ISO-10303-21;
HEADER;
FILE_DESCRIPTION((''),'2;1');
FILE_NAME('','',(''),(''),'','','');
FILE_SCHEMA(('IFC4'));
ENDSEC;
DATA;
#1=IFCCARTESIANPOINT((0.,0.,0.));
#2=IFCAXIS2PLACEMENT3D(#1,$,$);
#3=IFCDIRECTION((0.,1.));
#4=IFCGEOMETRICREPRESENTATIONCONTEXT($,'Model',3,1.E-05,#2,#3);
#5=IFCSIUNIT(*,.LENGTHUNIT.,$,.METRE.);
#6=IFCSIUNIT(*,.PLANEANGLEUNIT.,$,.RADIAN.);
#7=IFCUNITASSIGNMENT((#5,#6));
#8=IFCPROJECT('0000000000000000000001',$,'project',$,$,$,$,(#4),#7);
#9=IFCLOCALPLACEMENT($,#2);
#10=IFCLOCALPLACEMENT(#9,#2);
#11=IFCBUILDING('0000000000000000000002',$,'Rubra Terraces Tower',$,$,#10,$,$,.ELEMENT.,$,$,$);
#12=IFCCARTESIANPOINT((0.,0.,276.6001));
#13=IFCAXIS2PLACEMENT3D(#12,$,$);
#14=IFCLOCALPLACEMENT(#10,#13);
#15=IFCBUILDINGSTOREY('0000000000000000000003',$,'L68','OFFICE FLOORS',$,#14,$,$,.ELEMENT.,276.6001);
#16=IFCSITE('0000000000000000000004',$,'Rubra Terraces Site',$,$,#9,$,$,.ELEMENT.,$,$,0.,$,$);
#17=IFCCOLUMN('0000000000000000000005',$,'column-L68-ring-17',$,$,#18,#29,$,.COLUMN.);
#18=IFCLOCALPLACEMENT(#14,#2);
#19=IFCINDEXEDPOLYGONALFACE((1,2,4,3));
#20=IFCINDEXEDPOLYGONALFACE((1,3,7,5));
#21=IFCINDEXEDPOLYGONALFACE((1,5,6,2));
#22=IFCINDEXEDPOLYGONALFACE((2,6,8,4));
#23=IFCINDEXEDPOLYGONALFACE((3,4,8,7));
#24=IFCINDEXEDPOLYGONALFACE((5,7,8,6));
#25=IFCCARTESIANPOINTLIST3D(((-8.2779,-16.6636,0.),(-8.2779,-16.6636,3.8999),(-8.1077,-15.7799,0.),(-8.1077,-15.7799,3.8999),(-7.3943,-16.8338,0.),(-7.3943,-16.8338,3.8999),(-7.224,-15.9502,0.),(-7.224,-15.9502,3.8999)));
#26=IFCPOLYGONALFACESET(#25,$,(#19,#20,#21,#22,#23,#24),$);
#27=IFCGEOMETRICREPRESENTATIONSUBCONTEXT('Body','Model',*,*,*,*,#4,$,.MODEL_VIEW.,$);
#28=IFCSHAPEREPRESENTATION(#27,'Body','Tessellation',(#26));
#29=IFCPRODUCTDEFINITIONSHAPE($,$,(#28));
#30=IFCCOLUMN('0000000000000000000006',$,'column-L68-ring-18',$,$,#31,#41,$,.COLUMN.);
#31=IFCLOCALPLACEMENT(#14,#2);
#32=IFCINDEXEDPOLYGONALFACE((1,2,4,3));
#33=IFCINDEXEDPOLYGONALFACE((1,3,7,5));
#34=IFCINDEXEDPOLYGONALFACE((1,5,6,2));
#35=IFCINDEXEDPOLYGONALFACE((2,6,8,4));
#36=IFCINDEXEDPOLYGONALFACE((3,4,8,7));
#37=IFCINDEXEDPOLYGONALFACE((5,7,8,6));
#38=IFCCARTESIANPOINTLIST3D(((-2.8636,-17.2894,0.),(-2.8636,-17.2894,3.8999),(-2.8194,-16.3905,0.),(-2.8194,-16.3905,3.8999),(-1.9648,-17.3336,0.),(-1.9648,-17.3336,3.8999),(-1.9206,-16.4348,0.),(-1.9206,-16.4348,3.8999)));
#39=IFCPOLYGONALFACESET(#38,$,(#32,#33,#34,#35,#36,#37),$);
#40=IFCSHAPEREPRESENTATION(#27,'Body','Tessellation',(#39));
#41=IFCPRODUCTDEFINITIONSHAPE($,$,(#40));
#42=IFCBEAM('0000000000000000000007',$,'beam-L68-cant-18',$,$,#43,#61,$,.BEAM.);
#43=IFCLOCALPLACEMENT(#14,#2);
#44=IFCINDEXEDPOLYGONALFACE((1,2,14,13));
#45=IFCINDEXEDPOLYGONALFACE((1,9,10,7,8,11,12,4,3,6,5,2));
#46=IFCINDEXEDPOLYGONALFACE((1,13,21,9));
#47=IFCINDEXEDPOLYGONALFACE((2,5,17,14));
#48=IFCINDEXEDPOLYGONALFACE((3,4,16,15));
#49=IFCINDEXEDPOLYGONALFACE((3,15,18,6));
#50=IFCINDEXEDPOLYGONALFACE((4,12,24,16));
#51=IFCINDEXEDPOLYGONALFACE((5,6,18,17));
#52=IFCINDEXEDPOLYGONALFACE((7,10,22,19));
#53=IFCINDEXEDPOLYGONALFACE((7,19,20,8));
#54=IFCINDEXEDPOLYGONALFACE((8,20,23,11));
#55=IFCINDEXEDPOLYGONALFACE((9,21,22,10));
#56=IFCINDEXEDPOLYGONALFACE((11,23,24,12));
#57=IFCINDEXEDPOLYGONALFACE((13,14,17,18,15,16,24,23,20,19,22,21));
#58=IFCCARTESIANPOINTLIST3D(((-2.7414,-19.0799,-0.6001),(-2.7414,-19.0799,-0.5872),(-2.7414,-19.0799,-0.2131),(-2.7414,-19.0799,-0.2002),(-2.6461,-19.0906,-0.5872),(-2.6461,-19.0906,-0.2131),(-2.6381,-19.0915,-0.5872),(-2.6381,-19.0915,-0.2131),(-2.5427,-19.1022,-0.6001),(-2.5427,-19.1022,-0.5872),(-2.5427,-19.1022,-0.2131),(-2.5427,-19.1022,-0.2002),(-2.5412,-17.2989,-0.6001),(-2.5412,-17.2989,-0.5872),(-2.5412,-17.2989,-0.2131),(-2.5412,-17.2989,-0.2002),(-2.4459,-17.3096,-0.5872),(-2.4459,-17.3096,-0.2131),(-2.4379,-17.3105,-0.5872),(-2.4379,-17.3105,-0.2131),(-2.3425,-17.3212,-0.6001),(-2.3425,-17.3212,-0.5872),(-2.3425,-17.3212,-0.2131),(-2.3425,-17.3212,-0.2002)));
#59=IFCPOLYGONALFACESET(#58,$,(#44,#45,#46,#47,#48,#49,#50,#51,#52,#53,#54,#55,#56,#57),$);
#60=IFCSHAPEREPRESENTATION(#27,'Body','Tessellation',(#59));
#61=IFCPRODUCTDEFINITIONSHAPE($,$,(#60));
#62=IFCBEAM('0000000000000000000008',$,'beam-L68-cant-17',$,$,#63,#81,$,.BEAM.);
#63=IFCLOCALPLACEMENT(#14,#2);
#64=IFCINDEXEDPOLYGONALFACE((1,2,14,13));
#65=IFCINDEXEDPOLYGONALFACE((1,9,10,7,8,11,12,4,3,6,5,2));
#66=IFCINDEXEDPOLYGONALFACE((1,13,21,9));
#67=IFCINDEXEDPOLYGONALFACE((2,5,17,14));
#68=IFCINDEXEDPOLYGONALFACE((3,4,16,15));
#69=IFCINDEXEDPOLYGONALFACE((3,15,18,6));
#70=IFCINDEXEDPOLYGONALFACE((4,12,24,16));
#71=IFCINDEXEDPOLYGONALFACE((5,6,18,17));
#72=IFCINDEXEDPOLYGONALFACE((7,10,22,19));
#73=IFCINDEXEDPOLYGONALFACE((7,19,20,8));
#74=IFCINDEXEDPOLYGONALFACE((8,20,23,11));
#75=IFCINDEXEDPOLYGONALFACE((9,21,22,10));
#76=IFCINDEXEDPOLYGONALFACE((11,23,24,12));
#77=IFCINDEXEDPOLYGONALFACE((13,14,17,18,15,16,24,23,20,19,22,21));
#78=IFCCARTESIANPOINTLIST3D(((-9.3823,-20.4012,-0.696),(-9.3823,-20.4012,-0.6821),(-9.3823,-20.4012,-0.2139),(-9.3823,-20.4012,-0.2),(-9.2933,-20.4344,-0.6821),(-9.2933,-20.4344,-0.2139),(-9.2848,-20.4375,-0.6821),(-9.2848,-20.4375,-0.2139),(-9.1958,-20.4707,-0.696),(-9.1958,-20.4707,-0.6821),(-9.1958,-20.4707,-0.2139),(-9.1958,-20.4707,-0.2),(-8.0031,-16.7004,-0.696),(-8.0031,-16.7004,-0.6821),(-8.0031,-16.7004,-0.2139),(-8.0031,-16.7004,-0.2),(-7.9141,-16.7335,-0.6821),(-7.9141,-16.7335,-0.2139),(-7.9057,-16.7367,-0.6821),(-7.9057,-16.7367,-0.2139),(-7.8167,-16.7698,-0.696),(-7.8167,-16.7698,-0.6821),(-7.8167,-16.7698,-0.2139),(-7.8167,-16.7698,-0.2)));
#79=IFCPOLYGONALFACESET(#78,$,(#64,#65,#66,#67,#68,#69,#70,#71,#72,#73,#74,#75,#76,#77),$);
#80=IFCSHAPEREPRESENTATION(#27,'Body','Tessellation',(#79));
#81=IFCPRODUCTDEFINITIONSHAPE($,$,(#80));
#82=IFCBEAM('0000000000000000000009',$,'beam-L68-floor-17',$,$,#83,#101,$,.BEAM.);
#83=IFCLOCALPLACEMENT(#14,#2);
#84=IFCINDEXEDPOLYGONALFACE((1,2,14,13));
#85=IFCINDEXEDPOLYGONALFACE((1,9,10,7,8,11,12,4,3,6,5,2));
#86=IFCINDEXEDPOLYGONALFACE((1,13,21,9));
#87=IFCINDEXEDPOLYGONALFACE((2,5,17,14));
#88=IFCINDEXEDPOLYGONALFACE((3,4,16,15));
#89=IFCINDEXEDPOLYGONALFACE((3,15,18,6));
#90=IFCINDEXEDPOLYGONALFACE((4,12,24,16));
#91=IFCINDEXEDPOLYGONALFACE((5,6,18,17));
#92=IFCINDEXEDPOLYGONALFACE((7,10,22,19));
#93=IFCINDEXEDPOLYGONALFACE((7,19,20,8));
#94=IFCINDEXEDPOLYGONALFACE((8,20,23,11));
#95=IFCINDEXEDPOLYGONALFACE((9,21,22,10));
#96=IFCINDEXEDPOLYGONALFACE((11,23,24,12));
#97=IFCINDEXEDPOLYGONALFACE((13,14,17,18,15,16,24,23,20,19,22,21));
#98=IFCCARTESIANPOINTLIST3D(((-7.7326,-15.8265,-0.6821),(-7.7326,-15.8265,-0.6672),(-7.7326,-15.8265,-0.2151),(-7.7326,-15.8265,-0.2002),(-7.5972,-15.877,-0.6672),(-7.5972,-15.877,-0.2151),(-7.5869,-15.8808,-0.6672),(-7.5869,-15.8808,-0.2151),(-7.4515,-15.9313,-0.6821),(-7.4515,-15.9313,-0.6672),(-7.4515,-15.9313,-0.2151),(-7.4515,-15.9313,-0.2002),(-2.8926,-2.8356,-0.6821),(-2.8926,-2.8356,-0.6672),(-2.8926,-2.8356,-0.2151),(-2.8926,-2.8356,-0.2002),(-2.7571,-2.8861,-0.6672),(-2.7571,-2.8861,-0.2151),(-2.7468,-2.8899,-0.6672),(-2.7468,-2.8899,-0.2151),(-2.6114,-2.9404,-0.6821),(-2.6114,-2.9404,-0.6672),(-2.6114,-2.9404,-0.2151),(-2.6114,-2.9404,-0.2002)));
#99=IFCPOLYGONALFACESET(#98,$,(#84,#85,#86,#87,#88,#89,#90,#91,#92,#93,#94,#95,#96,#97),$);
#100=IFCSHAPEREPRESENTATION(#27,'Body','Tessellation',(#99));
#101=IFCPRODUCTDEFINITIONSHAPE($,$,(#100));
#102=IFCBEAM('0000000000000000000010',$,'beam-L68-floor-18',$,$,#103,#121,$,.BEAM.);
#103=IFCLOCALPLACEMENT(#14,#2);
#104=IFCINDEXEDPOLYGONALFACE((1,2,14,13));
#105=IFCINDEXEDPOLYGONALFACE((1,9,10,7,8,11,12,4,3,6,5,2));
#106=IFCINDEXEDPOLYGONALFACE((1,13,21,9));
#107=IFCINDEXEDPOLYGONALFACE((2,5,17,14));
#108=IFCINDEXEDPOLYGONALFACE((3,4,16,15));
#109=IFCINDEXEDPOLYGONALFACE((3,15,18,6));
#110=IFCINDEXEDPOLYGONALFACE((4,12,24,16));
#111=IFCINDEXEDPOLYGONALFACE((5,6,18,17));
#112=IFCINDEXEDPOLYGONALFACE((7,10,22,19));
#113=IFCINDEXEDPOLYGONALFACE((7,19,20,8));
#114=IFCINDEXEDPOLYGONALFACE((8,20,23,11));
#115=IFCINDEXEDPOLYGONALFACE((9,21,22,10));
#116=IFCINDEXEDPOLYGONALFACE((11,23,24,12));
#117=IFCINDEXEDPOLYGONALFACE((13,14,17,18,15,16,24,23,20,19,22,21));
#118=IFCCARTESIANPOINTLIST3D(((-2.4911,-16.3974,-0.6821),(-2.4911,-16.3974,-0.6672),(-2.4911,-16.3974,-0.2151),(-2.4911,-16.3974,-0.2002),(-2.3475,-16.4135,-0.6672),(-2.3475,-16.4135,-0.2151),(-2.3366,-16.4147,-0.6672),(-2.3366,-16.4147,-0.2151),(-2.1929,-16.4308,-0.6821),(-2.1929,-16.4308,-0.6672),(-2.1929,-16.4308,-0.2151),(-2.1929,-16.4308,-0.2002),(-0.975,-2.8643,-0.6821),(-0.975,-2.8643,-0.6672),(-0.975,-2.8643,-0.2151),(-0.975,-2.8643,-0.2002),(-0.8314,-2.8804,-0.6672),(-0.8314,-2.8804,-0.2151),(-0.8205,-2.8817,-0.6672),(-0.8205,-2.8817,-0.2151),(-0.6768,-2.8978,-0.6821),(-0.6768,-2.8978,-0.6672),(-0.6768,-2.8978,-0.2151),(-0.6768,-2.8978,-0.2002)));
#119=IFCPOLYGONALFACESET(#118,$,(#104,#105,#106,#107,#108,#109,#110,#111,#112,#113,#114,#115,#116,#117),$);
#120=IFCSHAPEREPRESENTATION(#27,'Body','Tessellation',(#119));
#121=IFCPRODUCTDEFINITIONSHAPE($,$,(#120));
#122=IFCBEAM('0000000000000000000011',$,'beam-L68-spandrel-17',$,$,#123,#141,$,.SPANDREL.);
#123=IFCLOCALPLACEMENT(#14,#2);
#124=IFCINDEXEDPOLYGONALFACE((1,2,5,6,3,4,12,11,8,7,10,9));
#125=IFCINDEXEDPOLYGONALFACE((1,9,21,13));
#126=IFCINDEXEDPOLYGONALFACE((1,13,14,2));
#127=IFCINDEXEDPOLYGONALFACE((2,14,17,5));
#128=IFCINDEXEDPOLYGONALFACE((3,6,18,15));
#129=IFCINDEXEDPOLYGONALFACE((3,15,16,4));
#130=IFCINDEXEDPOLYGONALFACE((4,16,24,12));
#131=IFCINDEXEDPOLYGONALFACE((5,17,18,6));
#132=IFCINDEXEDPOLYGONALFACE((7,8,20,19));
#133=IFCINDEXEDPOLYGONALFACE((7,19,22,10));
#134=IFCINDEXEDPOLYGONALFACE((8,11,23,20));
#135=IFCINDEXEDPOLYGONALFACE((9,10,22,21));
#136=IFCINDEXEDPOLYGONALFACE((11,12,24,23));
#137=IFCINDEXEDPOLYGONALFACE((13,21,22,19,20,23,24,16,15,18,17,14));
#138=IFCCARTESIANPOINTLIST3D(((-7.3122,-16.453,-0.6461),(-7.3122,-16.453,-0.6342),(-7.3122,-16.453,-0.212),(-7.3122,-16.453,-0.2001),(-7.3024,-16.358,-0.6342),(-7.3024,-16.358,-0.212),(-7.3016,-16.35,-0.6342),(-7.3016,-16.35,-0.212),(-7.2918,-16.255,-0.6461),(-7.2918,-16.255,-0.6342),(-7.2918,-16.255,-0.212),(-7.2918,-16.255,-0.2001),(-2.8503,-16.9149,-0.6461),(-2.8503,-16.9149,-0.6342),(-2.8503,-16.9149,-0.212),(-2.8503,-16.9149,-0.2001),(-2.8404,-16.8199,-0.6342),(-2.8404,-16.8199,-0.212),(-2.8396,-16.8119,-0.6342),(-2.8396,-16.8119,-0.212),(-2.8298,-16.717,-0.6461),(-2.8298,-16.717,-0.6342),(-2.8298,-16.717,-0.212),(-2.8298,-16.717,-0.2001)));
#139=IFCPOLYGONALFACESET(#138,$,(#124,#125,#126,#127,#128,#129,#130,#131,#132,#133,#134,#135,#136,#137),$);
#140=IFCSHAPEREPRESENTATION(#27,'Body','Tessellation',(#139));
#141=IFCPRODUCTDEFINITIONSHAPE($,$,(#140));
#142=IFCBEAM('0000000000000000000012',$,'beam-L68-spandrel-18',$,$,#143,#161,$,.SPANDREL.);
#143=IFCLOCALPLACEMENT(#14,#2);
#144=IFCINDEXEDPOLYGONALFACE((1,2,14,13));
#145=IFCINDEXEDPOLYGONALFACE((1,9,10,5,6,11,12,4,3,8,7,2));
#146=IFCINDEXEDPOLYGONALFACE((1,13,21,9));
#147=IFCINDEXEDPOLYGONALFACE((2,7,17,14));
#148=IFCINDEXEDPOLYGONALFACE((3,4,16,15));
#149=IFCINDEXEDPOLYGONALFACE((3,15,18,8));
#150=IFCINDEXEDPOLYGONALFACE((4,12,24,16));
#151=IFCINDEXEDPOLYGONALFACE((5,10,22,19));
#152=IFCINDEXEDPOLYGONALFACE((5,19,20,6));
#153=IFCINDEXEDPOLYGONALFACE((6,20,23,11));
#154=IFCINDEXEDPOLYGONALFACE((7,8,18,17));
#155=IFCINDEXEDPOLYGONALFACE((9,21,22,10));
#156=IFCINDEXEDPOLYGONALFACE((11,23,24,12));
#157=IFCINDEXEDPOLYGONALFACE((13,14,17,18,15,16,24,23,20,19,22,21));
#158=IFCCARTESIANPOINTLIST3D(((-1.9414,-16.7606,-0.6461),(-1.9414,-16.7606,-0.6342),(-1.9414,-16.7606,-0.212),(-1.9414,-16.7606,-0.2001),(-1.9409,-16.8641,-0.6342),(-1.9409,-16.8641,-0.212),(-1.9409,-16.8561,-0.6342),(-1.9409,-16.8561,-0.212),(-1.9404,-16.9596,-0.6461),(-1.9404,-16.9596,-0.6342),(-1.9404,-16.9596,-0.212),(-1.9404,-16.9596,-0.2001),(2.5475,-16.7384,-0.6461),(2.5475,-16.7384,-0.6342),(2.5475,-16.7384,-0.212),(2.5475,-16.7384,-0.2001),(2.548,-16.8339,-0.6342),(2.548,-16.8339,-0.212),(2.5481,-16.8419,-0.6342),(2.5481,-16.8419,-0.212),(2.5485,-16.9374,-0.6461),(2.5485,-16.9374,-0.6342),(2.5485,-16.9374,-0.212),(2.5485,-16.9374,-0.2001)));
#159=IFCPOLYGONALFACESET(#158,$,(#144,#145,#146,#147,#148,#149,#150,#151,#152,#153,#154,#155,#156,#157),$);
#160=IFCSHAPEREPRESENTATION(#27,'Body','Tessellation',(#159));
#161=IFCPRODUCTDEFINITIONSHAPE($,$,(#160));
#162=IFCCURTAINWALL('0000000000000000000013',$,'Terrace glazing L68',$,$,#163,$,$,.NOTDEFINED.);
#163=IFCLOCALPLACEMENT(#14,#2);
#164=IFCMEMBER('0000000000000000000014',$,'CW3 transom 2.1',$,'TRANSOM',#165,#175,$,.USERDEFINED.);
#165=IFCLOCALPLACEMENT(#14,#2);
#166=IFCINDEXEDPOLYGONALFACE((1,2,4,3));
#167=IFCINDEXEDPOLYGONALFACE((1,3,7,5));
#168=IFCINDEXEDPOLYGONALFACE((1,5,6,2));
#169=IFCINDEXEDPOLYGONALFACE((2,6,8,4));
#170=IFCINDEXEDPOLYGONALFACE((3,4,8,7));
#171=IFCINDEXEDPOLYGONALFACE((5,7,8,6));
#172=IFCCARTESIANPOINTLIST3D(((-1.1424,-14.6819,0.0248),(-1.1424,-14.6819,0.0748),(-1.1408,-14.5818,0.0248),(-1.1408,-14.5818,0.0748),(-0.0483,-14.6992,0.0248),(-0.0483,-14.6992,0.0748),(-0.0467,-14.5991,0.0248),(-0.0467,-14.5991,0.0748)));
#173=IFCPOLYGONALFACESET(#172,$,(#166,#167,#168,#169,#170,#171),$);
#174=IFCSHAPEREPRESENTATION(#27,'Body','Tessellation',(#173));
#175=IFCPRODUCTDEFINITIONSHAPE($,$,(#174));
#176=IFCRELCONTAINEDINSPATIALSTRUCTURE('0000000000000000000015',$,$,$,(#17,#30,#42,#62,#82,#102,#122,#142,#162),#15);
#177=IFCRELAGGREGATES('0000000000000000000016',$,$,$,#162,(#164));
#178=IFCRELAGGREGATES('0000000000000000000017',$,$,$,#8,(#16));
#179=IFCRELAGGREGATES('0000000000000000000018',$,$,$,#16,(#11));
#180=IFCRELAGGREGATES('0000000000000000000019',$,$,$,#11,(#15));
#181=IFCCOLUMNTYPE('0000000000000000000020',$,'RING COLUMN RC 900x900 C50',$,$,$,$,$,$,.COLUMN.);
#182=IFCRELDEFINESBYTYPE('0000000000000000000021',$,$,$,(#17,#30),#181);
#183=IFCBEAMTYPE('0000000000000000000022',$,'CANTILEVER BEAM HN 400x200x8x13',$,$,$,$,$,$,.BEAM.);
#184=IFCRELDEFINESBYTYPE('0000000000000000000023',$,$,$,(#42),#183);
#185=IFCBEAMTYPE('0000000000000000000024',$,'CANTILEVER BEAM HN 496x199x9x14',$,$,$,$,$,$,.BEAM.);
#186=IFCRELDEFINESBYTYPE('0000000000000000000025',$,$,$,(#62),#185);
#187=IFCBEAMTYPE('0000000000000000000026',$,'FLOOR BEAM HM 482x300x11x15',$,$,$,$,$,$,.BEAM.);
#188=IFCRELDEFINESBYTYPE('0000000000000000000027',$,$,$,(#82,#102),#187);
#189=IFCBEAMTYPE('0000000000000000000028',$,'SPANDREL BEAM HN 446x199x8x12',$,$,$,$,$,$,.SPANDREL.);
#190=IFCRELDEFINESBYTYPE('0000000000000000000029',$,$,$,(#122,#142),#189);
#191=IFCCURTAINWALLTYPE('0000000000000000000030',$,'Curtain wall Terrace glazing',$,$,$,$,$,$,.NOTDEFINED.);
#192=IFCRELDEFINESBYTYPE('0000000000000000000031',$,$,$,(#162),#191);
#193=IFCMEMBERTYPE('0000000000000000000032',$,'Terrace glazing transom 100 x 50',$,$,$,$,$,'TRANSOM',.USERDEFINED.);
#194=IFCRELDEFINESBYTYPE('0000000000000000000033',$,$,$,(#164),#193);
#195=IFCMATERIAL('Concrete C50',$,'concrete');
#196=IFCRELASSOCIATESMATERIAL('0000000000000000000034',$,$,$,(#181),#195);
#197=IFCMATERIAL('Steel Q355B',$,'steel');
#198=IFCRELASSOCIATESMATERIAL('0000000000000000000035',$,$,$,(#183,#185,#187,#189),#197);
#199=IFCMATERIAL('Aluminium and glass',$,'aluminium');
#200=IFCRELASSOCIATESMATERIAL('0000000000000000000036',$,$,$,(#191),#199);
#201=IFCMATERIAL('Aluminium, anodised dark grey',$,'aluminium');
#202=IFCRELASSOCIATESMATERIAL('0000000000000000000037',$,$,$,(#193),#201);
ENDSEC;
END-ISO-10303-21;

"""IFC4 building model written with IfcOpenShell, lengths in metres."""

from ifc_helpers import new_model, si_unit, direction, frame, origin, origin_2d, place, context, subcontext, project, spatial, rectangle, i_section, extrude, material, material_profile, profile_set, type_object, element, aggregate, save


model = new_model("IFC4")

# Units and contexts
model_context = context("Model", 3, precision=1e-05, world=origin(), true_north=direction((0.0, 1.0)))
body_context = subcontext(model_context, "Body", "Model", "MODEL_VIEW")
ifc_project = project(units=[si_unit("LENGTHUNIT", "METRE"), si_unit("PLANEANGLEUNIT", "RADIAN")], contexts=[model_context])

# Site, building, storey
site_placement = place(None, origin())
site = spatial("IfcSite", under=ifc_project, at=site_placement, Name="Rubra Terraces Site", CompositionType="ELEMENT", RefElevation=0.0)
building_placement = place(site_placement, origin())
building = spatial("IfcBuilding", under=site, at=building_placement, Name="Rubra Terraces Tower", CompositionType="ELEMENT")
storey_placement = place(building_placement, frame((0.0, 0.0, 276.6001)))
storey = spatial("IfcBuildingStorey", under=building, at=storey_placement, Name="L68", Description="OFFICE FLOORS", CompositionType="ELEMENT", Elevation=276.6001)

# Columns
ifc_material_1 = material(Name="Concrete C50", Category="concrete")
ifc_material_profile_1 = material_profile(ifc_material_1, rectangle(XDim=0.8999, YDim=0.8999, at=origin_2d()), Name="RC 900x900")
ifc_profile_set_1 = profile_set([ifc_material_profile_1], Name="Concrete C50")
column_type = type_object("IfcColumnType", Name="RING COLUMN RC 900x900 C50", PredefinedType="COLUMN", material=ifc_profile_set_1)
for number, where, z_axis, x_axis, name in (
    (1, (-7.751, -16.3069, 0.0), (0.0, 0.0, 1.0), (0.981937, -0.18921, 0.0), "column-L68-ring-17"),
    (2, (-2.3921, -16.8621, 0.0), (0.0, 0.0, 1.0), (0.998791, -0.04915, 0.0), "column-L68-ring-18"),
):
    element("IfcColumn", number, at=place(storey_placement, frame(where, z_axis=z_axis, x_axis=x_axis)), inside=storey, type_object=column_type, Name=name, PredefinedType="COLUMN", context=body_context, shape_type="SweptSolid", body=[
        extrude(rectangle(XDim=0.8999, YDim=0.8999, at=origin_2d()), origin(), (0.0, 0.0, 1.0), 3.8999),
    ])

# Beams
ifc_material_2 = material(Name="Steel Q355B", Category="steel")
ifc_material_profile_2 = material_profile(ifc_material_2, i_section(OverallWidth=0.2, OverallDepth=0.3999, WebThickness=0.0081, FlangeThickness=0.0129, at=origin_2d()), Name="HN 400x200x8x13")
ifc_profile_set_2 = profile_set([ifc_material_profile_2], Name="Steel Q355B")
beam_type_1 = type_object("IfcBeamType", Name="CANTILEVER BEAM HN 400x200x8x13", PredefinedType="BEAM", material=ifc_profile_set_2)
beam_1_placement = place(storey_placement, frame((-2.4419, -17.3101, -0.4001), z_axis=(-0.111702, -0.993742, 0.0), x_axis=(0.993742, -0.111702, 0.0)))
element("IfcBeam", 3, at=beam_1_placement, inside=storey, type_object=beam_type_1, Name="beam-L68-cant-18", PredefinedType="BEAM", context=body_context, shape_type="SweptSolid", body=[
    extrude(i_section(OverallWidth=0.2, OverallDepth=0.3999, WebThickness=0.0081, FlangeThickness=0.0129, at=origin_2d()), origin(), (0.0, 0.0, 1.0), 1.7922),
])
ifc_material_profile_3 = material_profile(ifc_material_2, i_section(OverallWidth=0.199, OverallDepth=0.4961, WebThickness=0.009, FlangeThickness=0.0139, at=origin_2d()), Name="HN 496x199x9x14")
ifc_profile_set_3 = profile_set([ifc_material_profile_3], Name="Steel Q355B")
beam_type_2 = type_object("IfcBeamType", Name="CANTILEVER BEAM HN 496x199x9x14", PredefinedType="BEAM", material=ifc_profile_set_3)
beam_2_placement = place(storey_placement, frame((-7.9099, -16.7351, -0.448), z_axis=(-0.349192, -0.937051, 0.0), x_axis=(0.937051, -0.349192, 0.0)))
element("IfcBeam", 4, at=beam_2_placement, inside=storey, type_object=beam_type_2, Name="beam-L68-cant-17", PredefinedType="BEAM", context=body_context, shape_type="SweptSolid", body=[
    extrude(i_section(OverallWidth=0.199, OverallDepth=0.4961, WebThickness=0.009, FlangeThickness=0.0139, at=origin_2d()), origin(), (0.0, 0.0, 1.0), 3.9495),
])
ifc_material_profile_4 = material_profile(ifc_material_2, i_section(OverallWidth=0.3, OverallDepth=0.4819, WebThickness=0.011, FlangeThickness=0.0149, at=origin_2d()), Name="HM 482x300x11x15")
ifc_profile_set_4 = profile_set([ifc_material_profile_4], Name="Steel Q355B")
beam_type_3 = type_object("IfcBeamType", Name="FLOOR BEAM HM 482x300x11x15", PredefinedType="BEAM", material=ifc_profile_set_4)
beam_3_placement = place(storey_placement, frame((-7.592, -15.8789, -0.4412), z_axis=(0.349129, 0.937075, 0.0), x_axis=(-0.937075, 0.349129, 0.0)))
element("IfcBeam", 5, at=beam_3_placement, inside=storey, type_object=beam_type_3, Name="beam-L68-floor-17", PredefinedType="BEAM", context=body_context, shape_type="SweptSolid", body=[
    extrude(i_section(OverallWidth=0.3, OverallDepth=0.4819, WebThickness=0.011, FlangeThickness=0.0149, at=origin_2d()), origin(), (0.0, 0.0, 1.0), 13.8633),
])
beam_4_placement = place(storey_placement, frame((-2.342, -16.4141, -0.4412), z_axis=(0.111335, 0.993783, 0.0), x_axis=(-0.993783, 0.111335, 0.0)))
element("IfcBeam", 6, at=beam_4_placement, inside=storey, type_object=beam_type_3, Name="beam-L68-floor-18", PredefinedType="BEAM", context=body_context, shape_type="SweptSolid", body=[
    extrude(i_section(OverallWidth=0.3, OverallDepth=0.4819, WebThickness=0.011, FlangeThickness=0.0149, at=origin_2d()), origin(), (0.0, 0.0, 1.0), 13.6177),
])
ifc_material_profile_5 = material_profile(ifc_material_2, i_section(OverallWidth=0.199, OverallDepth=0.446, WebThickness=0.0081, FlangeThickness=0.012, at=origin_2d()), Name="HN 446x199x8x12")
ifc_profile_set_5 = profile_set([ifc_material_profile_5], Name="Steel Q355B")
beam_type_4 = type_object("IfcBeamType", Name="SPANDREL BEAM HN 446x199x8x12", PredefinedType="SPANDREL", material=ifc_profile_set_5)
beam_5_placement = place(storey_placement, frame((-7.302, -16.354, -0.4231), z_axis=(0.994684, -0.102973, 0.0), x_axis=(0.102973, 0.994684, 0.0)))
element("IfcBeam", 7, at=beam_5_placement, inside=storey, type_object=beam_type_4, Name="beam-L68-spandrel-17", PredefinedType="SPANDREL", context=body_context, shape_type="SweptSolid", body=[
    extrude(i_section(OverallWidth=0.199, OverallDepth=0.446, WebThickness=0.0081, FlangeThickness=0.012, at=origin_2d()), origin(), (0.0, 0.0, 1.0), 4.4858),
])
beam_6_placement = place(storey_placement, frame((-1.9409, -16.8601, -0.4231), z_axis=(0.999988, 0.004949, 0.0), x_axis=(-0.004949, 0.999988, 0.0)))
element("IfcBeam", 8, at=beam_6_placement, inside=storey, type_object=beam_type_4, Name="beam-L68-spandrel-18", PredefinedType="SPANDREL", context=body_context, shape_type="SweptSolid", body=[
    extrude(i_section(OverallWidth=0.199, OverallDepth=0.446, WebThickness=0.0081, FlangeThickness=0.012, at=origin_2d()), origin(), (0.0, 0.0, 1.0), 4.489),
])

# Curtain wall, member
ifc_material_3 = material(Name="Aluminium and glass", Category="aluminium")
curtain_wall_type = type_object("IfcCurtainWallType", Name="Curtain wall Terrace glazing", PredefinedType="NOTDEFINED", material=ifc_material_3)
curtain_wall_placement = place(storey_placement, origin())
curtain_wall = element("IfcCurtainWall", 9, at=curtain_wall_placement, inside=storey, type_object=curtain_wall_type, Name="Terrace glazing L68", PredefinedType="NOTDEFINED")
ifc_material_4 = material(Name="Aluminium, anodised dark grey", Category="aluminium")
ifc_material_profile_6 = material_profile(ifc_material_4, rectangle(XDim=0.1001, YDim=0.05, at=origin_2d()), Name="AL 100x50")
ifc_profile_set_6 = profile_set([ifc_material_profile_6], Name="Aluminium, anodised dark grey")
member_type = type_object("IfcMemberType", Name="Terrace glazing transom 100 x 50", ElementType="TRANSOM", PredefinedType="USERDEFINED", material=ifc_profile_set_6)
member_placement = place(storey_placement, frame((-1.1416, -14.6318, 0.0498), z_axis=(0.999874, -0.015843, 0.0), x_axis=(0.015843, 0.999874, 0.0)))
member = element("IfcMember", 10, at=member_placement, type_object=member_type, Name="CW3 transom 2.1", ObjectType="TRANSOM", PredefinedType="USERDEFINED", context=body_context, shape_type="SweptSolid", body=[
    extrude(rectangle(XDim=0.1001, YDim=0.05, at=origin_2d()), origin(), (0.0, 0.0, 1.0), 1.0942),
])
aggregate(curtain_wall, [member])

save(model, "model.ifc")
